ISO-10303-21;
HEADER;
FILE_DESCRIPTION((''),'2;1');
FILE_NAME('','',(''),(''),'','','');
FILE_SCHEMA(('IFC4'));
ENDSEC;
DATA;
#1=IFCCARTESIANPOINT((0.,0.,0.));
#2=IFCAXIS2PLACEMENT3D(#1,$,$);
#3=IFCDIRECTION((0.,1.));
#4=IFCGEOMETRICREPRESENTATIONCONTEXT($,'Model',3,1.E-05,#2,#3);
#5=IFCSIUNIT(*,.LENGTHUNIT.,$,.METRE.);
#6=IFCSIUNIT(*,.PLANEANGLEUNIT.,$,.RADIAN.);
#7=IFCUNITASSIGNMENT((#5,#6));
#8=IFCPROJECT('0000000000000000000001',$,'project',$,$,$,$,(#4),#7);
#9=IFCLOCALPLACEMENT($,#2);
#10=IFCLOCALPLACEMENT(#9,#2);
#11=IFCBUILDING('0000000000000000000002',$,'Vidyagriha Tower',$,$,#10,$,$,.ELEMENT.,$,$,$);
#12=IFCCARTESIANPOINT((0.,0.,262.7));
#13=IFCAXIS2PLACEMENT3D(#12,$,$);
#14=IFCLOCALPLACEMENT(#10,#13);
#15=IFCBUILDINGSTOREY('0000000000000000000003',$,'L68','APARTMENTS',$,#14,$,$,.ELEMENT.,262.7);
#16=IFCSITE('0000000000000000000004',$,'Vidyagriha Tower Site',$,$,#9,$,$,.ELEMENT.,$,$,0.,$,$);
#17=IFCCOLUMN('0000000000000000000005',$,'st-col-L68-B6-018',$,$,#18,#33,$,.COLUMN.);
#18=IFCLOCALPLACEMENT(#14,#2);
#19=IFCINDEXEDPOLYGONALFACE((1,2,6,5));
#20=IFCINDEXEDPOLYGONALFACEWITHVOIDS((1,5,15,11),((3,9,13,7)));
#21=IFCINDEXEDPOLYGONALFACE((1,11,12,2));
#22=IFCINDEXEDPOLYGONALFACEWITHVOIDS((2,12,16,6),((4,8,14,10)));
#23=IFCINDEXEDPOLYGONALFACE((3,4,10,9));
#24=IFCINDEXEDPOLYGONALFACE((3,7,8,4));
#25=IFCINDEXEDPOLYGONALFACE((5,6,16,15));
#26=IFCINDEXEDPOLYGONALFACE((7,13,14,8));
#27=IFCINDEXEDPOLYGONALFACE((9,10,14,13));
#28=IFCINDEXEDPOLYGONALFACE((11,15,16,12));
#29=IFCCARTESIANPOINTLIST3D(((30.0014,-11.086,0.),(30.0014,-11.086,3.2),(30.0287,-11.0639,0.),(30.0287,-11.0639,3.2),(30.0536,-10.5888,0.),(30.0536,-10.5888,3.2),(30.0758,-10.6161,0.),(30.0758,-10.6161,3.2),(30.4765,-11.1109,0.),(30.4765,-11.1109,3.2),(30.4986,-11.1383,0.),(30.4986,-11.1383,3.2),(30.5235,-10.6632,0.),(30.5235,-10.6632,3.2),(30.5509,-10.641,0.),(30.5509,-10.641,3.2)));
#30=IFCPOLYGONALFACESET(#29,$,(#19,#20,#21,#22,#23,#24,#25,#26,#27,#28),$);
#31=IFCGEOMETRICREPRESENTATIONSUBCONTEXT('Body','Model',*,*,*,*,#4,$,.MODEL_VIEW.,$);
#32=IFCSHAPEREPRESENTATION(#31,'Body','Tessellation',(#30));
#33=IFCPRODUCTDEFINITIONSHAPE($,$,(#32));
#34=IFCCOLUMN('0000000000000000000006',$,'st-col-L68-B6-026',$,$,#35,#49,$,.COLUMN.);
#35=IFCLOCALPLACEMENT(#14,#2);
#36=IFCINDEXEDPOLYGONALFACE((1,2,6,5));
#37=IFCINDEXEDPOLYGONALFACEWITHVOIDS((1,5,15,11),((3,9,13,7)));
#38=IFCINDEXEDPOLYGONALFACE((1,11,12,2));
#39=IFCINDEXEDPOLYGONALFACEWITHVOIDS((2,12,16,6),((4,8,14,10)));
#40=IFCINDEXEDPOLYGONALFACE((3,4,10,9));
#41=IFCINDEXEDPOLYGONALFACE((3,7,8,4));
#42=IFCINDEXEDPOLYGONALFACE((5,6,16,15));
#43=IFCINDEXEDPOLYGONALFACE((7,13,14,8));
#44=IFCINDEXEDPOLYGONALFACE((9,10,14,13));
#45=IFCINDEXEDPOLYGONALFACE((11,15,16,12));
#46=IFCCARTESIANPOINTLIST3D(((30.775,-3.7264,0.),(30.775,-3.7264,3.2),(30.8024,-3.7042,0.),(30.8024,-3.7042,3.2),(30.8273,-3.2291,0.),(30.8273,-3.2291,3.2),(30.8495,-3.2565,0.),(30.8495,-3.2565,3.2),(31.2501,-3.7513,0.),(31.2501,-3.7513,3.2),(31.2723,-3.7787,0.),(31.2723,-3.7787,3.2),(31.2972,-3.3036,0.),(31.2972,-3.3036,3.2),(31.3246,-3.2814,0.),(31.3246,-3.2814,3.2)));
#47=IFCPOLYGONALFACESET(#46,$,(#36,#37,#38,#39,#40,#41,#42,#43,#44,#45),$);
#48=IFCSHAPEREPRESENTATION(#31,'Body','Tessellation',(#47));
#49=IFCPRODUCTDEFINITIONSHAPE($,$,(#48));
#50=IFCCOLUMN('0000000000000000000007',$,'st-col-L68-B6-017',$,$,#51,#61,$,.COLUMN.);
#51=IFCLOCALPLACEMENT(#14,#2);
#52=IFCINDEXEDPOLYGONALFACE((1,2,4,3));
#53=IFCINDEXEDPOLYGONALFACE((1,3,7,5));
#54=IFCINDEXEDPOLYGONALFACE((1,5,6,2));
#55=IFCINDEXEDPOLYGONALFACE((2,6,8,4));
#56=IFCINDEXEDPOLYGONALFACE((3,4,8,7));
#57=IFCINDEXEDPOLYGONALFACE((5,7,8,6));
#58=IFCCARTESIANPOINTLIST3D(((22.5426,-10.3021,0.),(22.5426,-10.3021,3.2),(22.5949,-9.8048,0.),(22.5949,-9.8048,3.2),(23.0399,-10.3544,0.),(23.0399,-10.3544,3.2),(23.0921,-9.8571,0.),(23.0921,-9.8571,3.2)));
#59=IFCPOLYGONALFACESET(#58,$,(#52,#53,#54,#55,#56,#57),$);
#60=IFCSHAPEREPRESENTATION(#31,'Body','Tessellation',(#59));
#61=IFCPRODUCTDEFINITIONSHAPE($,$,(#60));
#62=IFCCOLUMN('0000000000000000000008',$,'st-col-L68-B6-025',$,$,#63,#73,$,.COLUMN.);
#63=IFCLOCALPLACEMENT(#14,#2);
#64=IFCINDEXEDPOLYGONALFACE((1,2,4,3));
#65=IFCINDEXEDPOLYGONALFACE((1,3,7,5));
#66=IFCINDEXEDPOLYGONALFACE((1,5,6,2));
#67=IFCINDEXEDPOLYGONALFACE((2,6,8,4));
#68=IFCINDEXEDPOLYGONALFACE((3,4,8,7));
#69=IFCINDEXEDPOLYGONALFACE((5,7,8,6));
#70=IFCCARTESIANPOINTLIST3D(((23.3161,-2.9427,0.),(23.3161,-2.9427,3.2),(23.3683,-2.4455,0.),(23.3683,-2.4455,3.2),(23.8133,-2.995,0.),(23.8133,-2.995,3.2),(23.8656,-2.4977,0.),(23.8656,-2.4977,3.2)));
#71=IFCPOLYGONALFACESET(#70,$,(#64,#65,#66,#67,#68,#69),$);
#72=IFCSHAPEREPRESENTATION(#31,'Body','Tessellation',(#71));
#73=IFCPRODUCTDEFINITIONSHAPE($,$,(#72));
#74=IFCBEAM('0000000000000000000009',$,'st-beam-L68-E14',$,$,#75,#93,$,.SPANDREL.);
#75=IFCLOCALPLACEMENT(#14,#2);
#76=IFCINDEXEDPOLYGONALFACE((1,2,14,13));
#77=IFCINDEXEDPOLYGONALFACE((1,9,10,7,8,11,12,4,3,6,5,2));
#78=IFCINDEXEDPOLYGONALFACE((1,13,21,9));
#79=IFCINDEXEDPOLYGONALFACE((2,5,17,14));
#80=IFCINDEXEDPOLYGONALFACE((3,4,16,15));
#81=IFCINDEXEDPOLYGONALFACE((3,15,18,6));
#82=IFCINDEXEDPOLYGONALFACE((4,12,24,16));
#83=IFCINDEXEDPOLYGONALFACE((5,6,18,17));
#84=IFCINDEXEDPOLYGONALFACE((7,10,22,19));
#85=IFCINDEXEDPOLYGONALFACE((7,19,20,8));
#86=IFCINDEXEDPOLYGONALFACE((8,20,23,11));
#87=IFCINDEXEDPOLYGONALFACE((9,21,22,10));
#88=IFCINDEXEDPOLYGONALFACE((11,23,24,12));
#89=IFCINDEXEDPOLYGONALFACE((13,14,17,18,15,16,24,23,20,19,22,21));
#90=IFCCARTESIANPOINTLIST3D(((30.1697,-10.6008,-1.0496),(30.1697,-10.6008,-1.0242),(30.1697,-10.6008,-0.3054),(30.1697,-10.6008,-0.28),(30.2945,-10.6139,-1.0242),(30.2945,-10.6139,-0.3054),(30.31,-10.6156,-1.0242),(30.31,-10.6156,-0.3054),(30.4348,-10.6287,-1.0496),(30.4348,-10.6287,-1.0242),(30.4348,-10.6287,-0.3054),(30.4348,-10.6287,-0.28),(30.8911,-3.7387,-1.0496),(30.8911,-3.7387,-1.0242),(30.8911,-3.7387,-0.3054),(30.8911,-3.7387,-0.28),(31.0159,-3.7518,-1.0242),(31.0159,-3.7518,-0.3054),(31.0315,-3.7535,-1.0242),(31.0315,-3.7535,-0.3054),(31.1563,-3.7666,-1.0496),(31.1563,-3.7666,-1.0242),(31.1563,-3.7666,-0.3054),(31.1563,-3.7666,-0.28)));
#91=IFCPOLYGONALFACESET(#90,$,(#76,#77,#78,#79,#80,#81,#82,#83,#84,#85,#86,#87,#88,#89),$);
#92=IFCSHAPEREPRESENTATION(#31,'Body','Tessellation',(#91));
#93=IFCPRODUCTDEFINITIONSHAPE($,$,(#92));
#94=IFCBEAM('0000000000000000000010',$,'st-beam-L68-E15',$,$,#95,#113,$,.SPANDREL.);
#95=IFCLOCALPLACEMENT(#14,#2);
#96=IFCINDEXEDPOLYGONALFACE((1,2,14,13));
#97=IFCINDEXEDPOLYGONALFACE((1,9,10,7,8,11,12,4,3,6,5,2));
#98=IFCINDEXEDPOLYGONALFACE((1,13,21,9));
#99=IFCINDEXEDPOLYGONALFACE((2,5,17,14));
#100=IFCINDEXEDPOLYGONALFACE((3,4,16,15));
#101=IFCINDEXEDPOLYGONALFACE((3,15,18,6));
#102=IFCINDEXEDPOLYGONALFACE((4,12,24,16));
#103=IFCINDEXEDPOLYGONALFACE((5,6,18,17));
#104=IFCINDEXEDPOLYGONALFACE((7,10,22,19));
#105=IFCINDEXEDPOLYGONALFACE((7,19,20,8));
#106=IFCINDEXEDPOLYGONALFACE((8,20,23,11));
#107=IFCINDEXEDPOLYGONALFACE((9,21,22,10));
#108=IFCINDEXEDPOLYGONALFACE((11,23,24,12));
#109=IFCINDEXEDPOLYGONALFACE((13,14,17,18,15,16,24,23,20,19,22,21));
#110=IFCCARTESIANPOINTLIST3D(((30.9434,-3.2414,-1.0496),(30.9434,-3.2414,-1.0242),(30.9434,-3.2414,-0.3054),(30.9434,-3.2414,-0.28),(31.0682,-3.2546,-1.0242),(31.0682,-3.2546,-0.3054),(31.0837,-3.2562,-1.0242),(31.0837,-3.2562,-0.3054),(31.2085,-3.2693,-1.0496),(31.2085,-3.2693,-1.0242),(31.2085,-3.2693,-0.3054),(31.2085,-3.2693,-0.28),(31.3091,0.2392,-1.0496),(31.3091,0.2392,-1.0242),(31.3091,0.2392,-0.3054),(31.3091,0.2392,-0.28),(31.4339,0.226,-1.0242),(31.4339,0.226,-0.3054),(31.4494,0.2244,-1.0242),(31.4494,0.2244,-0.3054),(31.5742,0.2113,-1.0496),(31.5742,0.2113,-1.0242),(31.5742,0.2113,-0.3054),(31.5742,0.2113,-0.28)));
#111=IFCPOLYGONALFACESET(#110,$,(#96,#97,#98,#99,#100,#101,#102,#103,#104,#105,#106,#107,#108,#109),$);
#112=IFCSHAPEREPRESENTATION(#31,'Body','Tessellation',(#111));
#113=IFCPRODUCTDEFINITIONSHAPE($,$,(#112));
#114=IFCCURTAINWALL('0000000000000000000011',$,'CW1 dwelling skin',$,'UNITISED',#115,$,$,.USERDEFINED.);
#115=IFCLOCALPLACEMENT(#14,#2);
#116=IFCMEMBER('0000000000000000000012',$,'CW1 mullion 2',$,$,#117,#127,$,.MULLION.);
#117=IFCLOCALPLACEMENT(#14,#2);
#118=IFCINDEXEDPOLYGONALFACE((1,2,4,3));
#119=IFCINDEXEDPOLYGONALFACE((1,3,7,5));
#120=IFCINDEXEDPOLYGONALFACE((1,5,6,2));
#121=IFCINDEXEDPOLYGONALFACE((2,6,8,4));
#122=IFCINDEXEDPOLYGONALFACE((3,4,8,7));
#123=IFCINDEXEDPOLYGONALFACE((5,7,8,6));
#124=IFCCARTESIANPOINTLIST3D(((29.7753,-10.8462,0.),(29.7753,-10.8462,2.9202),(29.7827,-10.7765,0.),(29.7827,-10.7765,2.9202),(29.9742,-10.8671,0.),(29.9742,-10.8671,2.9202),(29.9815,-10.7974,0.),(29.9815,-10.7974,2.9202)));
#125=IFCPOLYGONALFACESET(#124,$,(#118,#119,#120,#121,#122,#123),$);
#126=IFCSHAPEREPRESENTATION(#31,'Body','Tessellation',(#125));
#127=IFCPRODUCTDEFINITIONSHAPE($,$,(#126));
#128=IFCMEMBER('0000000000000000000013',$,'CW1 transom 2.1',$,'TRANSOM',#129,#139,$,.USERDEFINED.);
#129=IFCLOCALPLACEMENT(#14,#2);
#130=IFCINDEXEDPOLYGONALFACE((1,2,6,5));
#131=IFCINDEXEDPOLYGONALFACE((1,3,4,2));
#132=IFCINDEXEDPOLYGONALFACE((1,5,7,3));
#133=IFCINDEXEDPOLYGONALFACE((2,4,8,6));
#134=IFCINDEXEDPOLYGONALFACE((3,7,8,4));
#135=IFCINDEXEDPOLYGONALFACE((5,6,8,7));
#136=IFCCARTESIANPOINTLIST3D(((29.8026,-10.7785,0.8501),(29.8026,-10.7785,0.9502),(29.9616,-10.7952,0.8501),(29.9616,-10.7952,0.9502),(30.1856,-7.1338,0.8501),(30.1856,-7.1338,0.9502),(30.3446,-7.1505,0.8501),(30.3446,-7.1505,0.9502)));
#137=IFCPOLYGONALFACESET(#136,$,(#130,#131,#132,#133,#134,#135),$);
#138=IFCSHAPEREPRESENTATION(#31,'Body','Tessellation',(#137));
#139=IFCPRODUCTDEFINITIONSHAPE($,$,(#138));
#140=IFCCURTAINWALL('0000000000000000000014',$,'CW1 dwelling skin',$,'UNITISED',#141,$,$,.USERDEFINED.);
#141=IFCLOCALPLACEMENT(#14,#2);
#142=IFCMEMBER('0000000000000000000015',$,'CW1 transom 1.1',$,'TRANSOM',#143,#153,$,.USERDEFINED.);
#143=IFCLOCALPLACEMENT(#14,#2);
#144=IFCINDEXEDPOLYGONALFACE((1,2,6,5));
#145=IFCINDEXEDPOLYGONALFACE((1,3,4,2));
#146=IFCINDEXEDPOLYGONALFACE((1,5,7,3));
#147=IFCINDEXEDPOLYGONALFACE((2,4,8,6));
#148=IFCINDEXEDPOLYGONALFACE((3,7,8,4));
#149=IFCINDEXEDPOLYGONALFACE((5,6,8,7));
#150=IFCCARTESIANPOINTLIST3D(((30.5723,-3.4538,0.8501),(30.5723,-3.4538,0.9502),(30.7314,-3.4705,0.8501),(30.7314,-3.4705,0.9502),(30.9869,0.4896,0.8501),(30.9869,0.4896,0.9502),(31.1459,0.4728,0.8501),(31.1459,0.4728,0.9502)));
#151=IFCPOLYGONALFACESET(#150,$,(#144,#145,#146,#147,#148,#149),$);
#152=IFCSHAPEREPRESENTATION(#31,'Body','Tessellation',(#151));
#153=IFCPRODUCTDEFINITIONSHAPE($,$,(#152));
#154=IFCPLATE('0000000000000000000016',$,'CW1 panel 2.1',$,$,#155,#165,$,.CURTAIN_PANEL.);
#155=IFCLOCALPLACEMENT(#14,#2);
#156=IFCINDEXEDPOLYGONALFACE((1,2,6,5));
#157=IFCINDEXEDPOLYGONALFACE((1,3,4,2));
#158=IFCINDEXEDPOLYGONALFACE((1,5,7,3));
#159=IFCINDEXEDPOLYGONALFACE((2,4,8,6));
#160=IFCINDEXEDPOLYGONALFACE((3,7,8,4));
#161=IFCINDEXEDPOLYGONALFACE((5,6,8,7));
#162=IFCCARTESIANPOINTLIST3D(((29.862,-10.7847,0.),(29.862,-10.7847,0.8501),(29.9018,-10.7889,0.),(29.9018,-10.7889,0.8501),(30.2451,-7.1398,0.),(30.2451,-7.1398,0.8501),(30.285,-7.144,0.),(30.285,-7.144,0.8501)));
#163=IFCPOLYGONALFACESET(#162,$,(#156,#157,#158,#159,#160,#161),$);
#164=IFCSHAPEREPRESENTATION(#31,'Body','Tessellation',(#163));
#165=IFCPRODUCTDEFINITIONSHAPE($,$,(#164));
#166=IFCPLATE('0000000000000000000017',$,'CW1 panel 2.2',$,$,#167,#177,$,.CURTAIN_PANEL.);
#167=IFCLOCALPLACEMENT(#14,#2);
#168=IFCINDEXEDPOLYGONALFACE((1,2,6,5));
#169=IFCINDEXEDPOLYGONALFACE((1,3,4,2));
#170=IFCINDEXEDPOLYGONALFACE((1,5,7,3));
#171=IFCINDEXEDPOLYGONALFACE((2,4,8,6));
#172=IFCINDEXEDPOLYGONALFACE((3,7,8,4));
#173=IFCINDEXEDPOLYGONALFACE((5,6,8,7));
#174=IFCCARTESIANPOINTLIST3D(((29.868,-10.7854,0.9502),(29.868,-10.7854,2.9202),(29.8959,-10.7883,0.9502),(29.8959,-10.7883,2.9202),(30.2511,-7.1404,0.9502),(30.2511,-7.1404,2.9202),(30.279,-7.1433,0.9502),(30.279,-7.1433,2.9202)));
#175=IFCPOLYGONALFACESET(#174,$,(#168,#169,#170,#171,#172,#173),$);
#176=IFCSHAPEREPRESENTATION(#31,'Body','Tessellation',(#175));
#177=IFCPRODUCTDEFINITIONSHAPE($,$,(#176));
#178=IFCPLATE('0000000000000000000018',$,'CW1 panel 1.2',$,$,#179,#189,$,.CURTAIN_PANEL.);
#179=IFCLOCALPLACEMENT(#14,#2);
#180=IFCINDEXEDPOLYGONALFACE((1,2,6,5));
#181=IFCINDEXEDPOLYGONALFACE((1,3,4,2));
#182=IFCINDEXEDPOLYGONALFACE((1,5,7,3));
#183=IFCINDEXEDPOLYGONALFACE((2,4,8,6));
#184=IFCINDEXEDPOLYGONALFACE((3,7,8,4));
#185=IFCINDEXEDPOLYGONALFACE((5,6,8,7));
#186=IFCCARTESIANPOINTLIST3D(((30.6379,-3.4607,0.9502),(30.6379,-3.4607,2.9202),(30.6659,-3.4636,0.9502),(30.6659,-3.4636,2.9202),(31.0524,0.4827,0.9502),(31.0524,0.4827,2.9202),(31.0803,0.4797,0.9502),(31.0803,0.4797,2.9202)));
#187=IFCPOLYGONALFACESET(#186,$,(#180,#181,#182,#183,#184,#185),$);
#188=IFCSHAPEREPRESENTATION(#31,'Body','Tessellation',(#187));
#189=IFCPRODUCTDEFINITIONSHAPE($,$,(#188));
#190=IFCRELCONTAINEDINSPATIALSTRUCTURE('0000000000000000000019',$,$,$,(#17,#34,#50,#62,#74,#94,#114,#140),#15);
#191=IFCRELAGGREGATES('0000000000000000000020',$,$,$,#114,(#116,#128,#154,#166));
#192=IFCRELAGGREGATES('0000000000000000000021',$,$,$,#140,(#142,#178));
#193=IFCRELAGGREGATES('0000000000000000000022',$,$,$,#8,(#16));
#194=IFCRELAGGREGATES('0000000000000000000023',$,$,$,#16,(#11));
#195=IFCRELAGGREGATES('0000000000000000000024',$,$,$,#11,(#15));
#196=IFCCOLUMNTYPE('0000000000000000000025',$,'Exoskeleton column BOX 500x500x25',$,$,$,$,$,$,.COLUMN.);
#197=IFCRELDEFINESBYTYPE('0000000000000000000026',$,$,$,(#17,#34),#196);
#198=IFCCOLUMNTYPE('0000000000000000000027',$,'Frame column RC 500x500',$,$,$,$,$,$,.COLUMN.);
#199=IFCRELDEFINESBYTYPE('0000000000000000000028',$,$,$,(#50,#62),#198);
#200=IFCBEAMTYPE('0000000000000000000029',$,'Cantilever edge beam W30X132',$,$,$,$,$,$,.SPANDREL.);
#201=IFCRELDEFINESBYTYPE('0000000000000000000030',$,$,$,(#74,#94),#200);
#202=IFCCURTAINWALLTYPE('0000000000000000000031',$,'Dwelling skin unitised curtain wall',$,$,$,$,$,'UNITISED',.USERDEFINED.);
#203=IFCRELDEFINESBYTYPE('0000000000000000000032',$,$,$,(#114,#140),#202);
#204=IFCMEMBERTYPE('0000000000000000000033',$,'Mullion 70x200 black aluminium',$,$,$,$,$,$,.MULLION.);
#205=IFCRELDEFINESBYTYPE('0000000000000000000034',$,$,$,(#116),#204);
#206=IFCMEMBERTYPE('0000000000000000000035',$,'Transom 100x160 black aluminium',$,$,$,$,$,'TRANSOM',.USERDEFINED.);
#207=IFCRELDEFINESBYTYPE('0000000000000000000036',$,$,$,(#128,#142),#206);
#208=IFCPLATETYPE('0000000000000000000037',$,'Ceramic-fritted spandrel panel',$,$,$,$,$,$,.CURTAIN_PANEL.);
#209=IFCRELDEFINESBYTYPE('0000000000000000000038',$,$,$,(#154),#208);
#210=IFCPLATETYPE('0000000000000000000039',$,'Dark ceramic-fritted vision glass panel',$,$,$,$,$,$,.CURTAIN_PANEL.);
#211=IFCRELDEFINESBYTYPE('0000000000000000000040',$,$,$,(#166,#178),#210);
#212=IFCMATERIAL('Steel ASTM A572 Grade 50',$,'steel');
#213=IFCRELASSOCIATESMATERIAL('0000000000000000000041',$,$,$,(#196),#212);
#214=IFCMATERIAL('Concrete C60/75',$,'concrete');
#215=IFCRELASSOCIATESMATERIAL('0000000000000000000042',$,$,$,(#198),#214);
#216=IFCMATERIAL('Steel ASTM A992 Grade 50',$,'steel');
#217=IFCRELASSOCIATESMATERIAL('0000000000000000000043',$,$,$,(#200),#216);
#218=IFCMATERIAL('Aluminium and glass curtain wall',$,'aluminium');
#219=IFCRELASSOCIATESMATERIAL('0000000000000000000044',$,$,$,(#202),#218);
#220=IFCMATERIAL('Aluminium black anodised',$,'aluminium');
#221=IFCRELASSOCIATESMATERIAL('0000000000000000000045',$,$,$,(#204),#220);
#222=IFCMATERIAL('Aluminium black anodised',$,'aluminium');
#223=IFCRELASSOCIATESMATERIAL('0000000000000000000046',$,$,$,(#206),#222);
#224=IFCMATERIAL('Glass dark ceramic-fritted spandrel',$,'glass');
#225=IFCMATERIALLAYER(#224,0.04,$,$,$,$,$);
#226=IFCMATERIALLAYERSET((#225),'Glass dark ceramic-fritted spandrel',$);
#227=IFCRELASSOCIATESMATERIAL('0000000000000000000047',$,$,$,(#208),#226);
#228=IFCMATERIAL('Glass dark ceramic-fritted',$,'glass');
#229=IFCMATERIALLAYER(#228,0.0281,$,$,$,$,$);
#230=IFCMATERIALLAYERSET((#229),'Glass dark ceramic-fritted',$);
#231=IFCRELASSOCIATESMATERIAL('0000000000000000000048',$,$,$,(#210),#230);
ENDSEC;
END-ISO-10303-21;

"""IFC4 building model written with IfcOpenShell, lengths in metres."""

from ifc_helpers import new_model, si_unit, direction, frame, origin, origin_2d, place, context, subcontext, project, spatial, rectangle, hollow_rectangle, i_section, extrude, material, layer, layer_set, material_profile, profile_set, type_object, element, aggregate, save


model = new_model("IFC4")

# Units and contexts
model_context = context("Model", 3, precision=1e-05, world=origin(), true_north=direction((0.0, 1.0)))
body_context = subcontext(model_context, "Body", "Model", "MODEL_VIEW")
ifc_project = project(units=[si_unit("LENGTHUNIT", "METRE"), si_unit("PLANEANGLEUNIT", "RADIAN")], contexts=[model_context])

# Site, building, storey
site_placement = place(None, origin())
site = spatial("IfcSite", under=ifc_project, at=site_placement, Name="Vidyagriha Tower Site", CompositionType="ELEMENT", RefElevation=0.0)
building_placement = place(site_placement, origin())
building = spatial("IfcBuilding", under=site, at=building_placement, Name="Vidyagriha Tower", CompositionType="ELEMENT")
storey_placement = place(building_placement, frame((0.0, 0.0, 262.7)))
storey = spatial("IfcBuildingStorey", under=building, at=storey_placement, Name="L68", Description="APARTMENTS", CompositionType="ELEMENT", Elevation=262.7)

# Columns
ifc_material_1 = material(Name="Steel ASTM A572 Grade 50", Category="steel")
ifc_material_profile_1 = material_profile(ifc_material_1, hollow_rectangle(XDim=0.5, YDim=0.5, WallThickness=0.0249, at=origin_2d()), Name="BOX 500x500x25")
ifc_profile_set_1 = profile_set([ifc_material_profile_1], Name="Steel ASTM A572 Grade 50")
column_type_1 = type_object("IfcColumnType", Name="Exoskeleton column BOX 500x500x25", PredefinedType="COLUMN", material=ifc_profile_set_1)
for number, where, z_axis, x_axis, name in (
    (1, (30.2761, -10.8635, 0.0), (0.0, 0.0, 1.0), (0.994522, -0.104528, 0.0), "st-col-L68-B6-018"),
    (2, (31.0498, -3.5039, 0.0), (0.0, 0.0, 1.0), (0.994522, -0.104528, 0.0), "st-col-L68-B6-026"),
):
    element("IfcColumn", number, at=place(storey_placement, frame(where, z_axis=z_axis, x_axis=x_axis)), inside=storey, type_object=column_type_1, Name=name, PredefinedType="COLUMN", context=body_context, shape_type="SweptSolid", body=[
        extrude(hollow_rectangle(XDim=0.5, YDim=0.5, WallThickness=0.0249, at=origin_2d()), origin(), (0.0, 0.0, 1.0), 3.2),
    ])
ifc_material_2 = material(Name="Concrete C60/75", Category="concrete")
ifc_material_profile_2 = material_profile(ifc_material_2, rectangle(XDim=0.5, YDim=0.5, at=origin_2d()), Name="RC 500x500")
ifc_profile_set_2 = profile_set([ifc_material_profile_2], Name="Concrete C60/75")
column_type_2 = type_object("IfcColumnType", Name="Frame column RC 500x500", PredefinedType="COLUMN", material=ifc_profile_set_2)
for number, where, z_axis, x_axis, name in (
    (3, (22.8174, -10.0796, 0.0), (0.0, 0.0, 1.0), (0.994522, -0.104528, 0.0), "st-col-L68-B6-017"),
    (4, (23.5908, -2.7202, 0.0), (0.0, 0.0, 1.0), (0.994522, -0.104528, 0.0), "st-col-L68-B6-025"),
):
    element("IfcColumn", number, at=place(storey_placement, frame(where, z_axis=z_axis, x_axis=x_axis)), inside=storey, type_object=column_type_2, Name=name, PredefinedType="COLUMN", context=body_context, shape_type="SweptSolid", body=[
        extrude(rectangle(XDim=0.5, YDim=0.5, at=origin_2d()), origin(), (0.0, 0.0, 1.0), 3.2),
    ])

# Beams
ifc_material_3 = material(Name="Steel ASTM A992 Grade 50", Category="steel")
ifc_material_profile_3 = material_profile(ifc_material_3, i_section(OverallWidth=0.2666, OverallDepth=0.7695, WebThickness=0.0156, FlangeThickness=0.0254, at=origin_2d()), Name="W30X132")
ifc_profile_set_3 = profile_set([ifc_material_profile_3], Name="Steel ASTM A992 Grade 50")
beam_type = type_object("IfcBeamType", Name="Cantilever edge beam W30X132", PredefinedType="SPANDREL", material=ifc_profile_set_3)
beam_1_placement = place(storey_placement, frame((30.3022, -10.6147, -0.6648), z_axis=(0.104558, 0.994519, 0.0), x_axis=(-0.994519, 0.104558, 0.0)))
element("IfcBeam", 5, at=beam_1_placement, inside=storey, type_object=beam_type, Name="st-beam-L68-E14", PredefinedType="SPANDREL", context=body_context, shape_type="SweptSolid", body=[
    extrude(i_section(OverallWidth=0.2666, OverallDepth=0.7695, WebThickness=0.0156, FlangeThickness=0.0254, at=origin_2d()), origin(), (0.0, 0.0, 1.0), 6.8999),
])
beam_2_placement = place(storey_placement, frame((31.0759, -3.2554, -0.6648), z_axis=(0.104496, 0.994525, 0.0), x_axis=(-0.994525, 0.104496, 0.0)))
element("IfcBeam", 6, at=beam_2_placement, inside=storey, type_object=beam_type, Name="st-beam-L68-E15", PredefinedType="SPANDREL", context=body_context, shape_type="SweptSolid", body=[
    extrude(i_section(OverallWidth=0.2666, OverallDepth=0.7695, WebThickness=0.0156, FlangeThickness=0.0254, at=origin_2d()), origin(), (0.0, 0.0, 1.0), 3.4998),
])

# Curtain wall, members
ifc_material_4 = material(Name="Aluminium and glass curtain wall", Category="aluminium")
curtain_wall_type = type_object("IfcCurtainWallType", Name="Dwelling skin unitised curtain wall", ElementType="UNITISED", PredefinedType="USERDEFINED", material=ifc_material_4)
curtain_wall_1_placement = place(storey_placement, origin())
curtain_wall_1 = element("IfcCurtainWall", 7, at=curtain_wall_1_placement, inside=storey, type_object=curtain_wall_type, Name="CW1 dwelling skin", ObjectType="UNITISED", PredefinedType="USERDEFINED")
ifc_material_5 = material(Name="Aluminium black anodised", Category="aluminium")
ifc_material_profile_4 = material_profile(ifc_material_5, rectangle(XDim=0.2, YDim=0.0701, at=origin_2d()), Name="Mullion 70x200 black aluminium")
ifc_profile_set_4 = profile_set([ifc_material_profile_4], Name="Aluminium black anodised")
member_type_1 = type_object("IfcMemberType", Name="Mullion 70x200 black aluminium", PredefinedType="MULLION", material=ifc_profile_set_4)
member_1_placement = place(storey_placement, frame((29.8784, -10.8218, 0.0), z_axis=(0.0, 0.0, 1.0), x_axis=(-0.994521, 0.104533, 0.0)))
member_1 = element("IfcMember", 8, at=member_1_placement, type_object=member_type_1, Name="CW1 mullion 2", PredefinedType="MULLION", context=body_context, shape_type="SweptSolid", body=[
    extrude(rectangle(XDim=0.2, YDim=0.0701, at=origin_2d()), origin(), (0.0, 0.0, 1.0), 2.9202),
])
ifc_material_6 = material(Name="Aluminium black anodised", Category="aluminium")
ifc_material_profile_5 = material_profile(ifc_material_6, rectangle(XDim=0.1599, YDim=0.1001, at=origin_2d()), Name="Transom 100x160 black aluminium")
ifc_profile_set_5 = profile_set([ifc_material_profile_5], Name="Aluminium black anodised")
member_type_2 = type_object("IfcMemberType", Name="Transom 100x160 black aluminium", ElementType="TRANSOM", PredefinedType="USERDEFINED", material=ifc_profile_set_5)
member_2_placement = place(storey_placement, frame((29.8821, -10.7869, 0.9001), z_axis=(0.104522, 0.994523, 0.0), x_axis=(-0.994523, 0.104522, 0.0)))
member_2 = element("IfcMember", 9, at=member_2_placement, type_object=member_type_2, Name="CW1 transom 2.1", ObjectType="TRANSOM", PredefinedType="USERDEFINED", context=body_context, shape_type="SweptSolid", body=[
    extrude(rectangle(XDim=0.1599, YDim=0.1001, at=origin_2d()), origin(), (0.0, 0.0, 1.0), 3.6648),
])

# Curtain wall, member
curtain_wall_2_placement = place(storey_placement, origin())
curtain_wall_2 = element("IfcCurtainWall", 10, at=curtain_wall_2_placement, inside=storey, type_object=curtain_wall_type, Name="CW1 dwelling skin", ObjectType="UNITISED", PredefinedType="USERDEFINED")
member_3_placement = place(storey_placement, frame((30.6519, -3.4622, 0.9001), z_axis=(0.10455, 0.99452, 0.0), x_axis=(-0.99452, 0.10455, 0.0)))
member_3 = element("IfcMember", 11, at=member_3_placement, type_object=member_type_2, Name="CW1 transom 1.1", ObjectType="TRANSOM", PredefinedType="USERDEFINED", context=body_context, shape_type="SweptSolid", body=[
    extrude(rectangle(XDim=0.1599, YDim=0.1001, at=origin_2d()), origin(), (0.0, 0.0, 1.0), 3.9651),
])

# Plates
ifc_material_7 = material(Name="Glass dark ceramic-fritted spandrel", Category="glass")
ifc_layer_1 = layer(ifc_material_7, 0.04)
ifc_layer_set_1 = layer_set([ifc_layer_1], Name="Glass dark ceramic-fritted spandrel")
plate_type_1 = type_object("IfcPlateType", Name="Ceramic-fritted spandrel panel", PredefinedType="CURTAIN_PANEL", material=ifc_layer_set_1)
plate_1_placement = place(storey_placement, frame((30.0735, -8.9644, 0.0), z_axis=(0.0, 0.0, 1.0), x_axis=(0.104533, 0.994521, 0.0)))
plate_1 = element("IfcPlate", 12, at=plate_1_placement, type_object=plate_type_1, Name="CW1 panel 2.1", PredefinedType="CURTAIN_PANEL", context=body_context, shape_type="SweptSolid", body=[
    extrude(rectangle(XDim=3.665, YDim=0.04, at=origin_2d()), origin(), (0.0, 0.0, 1.0), 0.8501),
])
ifc_material_8 = material(Name="Glass dark ceramic-fritted", Category="glass")
ifc_layer_2 = layer(ifc_material_8, 0.0281)
ifc_layer_set_2 = layer_set([ifc_layer_2], Name="Glass dark ceramic-fritted")
plate_type_2 = type_object("IfcPlateType", Name="Dark ceramic-fritted vision glass panel", PredefinedType="CURTAIN_PANEL", material=ifc_layer_set_2)
plate_2_placement = place(storey_placement, frame((30.0735, -8.9644, 0.9502), z_axis=(0.0, 0.0, 1.0), x_axis=(0.104533, 0.994521, 0.0)))
plate_2 = element("IfcPlate", 13, at=plate_2_placement, type_object=plate_type_2, Name="CW1 panel 2.2", PredefinedType="CURTAIN_PANEL", context=body_context, shape_type="SweptSolid", body=[
    extrude(rectangle(XDim=3.665, YDim=0.0281, at=origin_2d()), origin(), (0.0, 0.0, 1.0), 1.97),
])
aggregate(curtain_wall_1, [member_1, member_2, plate_1, plate_2])
plate_3_placement = place(storey_placement, frame((30.8591, -1.4905, 0.9502), z_axis=(0.0, 0.0, 1.0), x_axis=(0.10453, 0.994522, 0.0)))
plate_3 = element("IfcPlate", 14, at=plate_3_placement, type_object=plate_type_2, Name="CW1 panel 1.2", PredefinedType="CURTAIN_PANEL", context=body_context, shape_type="SweptSolid", body=[
    extrude(rectangle(XDim=3.9651, YDim=0.0281, at=origin_2d()), origin(), (0.0, 0.0, 1.0), 1.97),
])
aggregate(curtain_wall_2, [member_3, plate_3])

save(model, "model.ifc")
